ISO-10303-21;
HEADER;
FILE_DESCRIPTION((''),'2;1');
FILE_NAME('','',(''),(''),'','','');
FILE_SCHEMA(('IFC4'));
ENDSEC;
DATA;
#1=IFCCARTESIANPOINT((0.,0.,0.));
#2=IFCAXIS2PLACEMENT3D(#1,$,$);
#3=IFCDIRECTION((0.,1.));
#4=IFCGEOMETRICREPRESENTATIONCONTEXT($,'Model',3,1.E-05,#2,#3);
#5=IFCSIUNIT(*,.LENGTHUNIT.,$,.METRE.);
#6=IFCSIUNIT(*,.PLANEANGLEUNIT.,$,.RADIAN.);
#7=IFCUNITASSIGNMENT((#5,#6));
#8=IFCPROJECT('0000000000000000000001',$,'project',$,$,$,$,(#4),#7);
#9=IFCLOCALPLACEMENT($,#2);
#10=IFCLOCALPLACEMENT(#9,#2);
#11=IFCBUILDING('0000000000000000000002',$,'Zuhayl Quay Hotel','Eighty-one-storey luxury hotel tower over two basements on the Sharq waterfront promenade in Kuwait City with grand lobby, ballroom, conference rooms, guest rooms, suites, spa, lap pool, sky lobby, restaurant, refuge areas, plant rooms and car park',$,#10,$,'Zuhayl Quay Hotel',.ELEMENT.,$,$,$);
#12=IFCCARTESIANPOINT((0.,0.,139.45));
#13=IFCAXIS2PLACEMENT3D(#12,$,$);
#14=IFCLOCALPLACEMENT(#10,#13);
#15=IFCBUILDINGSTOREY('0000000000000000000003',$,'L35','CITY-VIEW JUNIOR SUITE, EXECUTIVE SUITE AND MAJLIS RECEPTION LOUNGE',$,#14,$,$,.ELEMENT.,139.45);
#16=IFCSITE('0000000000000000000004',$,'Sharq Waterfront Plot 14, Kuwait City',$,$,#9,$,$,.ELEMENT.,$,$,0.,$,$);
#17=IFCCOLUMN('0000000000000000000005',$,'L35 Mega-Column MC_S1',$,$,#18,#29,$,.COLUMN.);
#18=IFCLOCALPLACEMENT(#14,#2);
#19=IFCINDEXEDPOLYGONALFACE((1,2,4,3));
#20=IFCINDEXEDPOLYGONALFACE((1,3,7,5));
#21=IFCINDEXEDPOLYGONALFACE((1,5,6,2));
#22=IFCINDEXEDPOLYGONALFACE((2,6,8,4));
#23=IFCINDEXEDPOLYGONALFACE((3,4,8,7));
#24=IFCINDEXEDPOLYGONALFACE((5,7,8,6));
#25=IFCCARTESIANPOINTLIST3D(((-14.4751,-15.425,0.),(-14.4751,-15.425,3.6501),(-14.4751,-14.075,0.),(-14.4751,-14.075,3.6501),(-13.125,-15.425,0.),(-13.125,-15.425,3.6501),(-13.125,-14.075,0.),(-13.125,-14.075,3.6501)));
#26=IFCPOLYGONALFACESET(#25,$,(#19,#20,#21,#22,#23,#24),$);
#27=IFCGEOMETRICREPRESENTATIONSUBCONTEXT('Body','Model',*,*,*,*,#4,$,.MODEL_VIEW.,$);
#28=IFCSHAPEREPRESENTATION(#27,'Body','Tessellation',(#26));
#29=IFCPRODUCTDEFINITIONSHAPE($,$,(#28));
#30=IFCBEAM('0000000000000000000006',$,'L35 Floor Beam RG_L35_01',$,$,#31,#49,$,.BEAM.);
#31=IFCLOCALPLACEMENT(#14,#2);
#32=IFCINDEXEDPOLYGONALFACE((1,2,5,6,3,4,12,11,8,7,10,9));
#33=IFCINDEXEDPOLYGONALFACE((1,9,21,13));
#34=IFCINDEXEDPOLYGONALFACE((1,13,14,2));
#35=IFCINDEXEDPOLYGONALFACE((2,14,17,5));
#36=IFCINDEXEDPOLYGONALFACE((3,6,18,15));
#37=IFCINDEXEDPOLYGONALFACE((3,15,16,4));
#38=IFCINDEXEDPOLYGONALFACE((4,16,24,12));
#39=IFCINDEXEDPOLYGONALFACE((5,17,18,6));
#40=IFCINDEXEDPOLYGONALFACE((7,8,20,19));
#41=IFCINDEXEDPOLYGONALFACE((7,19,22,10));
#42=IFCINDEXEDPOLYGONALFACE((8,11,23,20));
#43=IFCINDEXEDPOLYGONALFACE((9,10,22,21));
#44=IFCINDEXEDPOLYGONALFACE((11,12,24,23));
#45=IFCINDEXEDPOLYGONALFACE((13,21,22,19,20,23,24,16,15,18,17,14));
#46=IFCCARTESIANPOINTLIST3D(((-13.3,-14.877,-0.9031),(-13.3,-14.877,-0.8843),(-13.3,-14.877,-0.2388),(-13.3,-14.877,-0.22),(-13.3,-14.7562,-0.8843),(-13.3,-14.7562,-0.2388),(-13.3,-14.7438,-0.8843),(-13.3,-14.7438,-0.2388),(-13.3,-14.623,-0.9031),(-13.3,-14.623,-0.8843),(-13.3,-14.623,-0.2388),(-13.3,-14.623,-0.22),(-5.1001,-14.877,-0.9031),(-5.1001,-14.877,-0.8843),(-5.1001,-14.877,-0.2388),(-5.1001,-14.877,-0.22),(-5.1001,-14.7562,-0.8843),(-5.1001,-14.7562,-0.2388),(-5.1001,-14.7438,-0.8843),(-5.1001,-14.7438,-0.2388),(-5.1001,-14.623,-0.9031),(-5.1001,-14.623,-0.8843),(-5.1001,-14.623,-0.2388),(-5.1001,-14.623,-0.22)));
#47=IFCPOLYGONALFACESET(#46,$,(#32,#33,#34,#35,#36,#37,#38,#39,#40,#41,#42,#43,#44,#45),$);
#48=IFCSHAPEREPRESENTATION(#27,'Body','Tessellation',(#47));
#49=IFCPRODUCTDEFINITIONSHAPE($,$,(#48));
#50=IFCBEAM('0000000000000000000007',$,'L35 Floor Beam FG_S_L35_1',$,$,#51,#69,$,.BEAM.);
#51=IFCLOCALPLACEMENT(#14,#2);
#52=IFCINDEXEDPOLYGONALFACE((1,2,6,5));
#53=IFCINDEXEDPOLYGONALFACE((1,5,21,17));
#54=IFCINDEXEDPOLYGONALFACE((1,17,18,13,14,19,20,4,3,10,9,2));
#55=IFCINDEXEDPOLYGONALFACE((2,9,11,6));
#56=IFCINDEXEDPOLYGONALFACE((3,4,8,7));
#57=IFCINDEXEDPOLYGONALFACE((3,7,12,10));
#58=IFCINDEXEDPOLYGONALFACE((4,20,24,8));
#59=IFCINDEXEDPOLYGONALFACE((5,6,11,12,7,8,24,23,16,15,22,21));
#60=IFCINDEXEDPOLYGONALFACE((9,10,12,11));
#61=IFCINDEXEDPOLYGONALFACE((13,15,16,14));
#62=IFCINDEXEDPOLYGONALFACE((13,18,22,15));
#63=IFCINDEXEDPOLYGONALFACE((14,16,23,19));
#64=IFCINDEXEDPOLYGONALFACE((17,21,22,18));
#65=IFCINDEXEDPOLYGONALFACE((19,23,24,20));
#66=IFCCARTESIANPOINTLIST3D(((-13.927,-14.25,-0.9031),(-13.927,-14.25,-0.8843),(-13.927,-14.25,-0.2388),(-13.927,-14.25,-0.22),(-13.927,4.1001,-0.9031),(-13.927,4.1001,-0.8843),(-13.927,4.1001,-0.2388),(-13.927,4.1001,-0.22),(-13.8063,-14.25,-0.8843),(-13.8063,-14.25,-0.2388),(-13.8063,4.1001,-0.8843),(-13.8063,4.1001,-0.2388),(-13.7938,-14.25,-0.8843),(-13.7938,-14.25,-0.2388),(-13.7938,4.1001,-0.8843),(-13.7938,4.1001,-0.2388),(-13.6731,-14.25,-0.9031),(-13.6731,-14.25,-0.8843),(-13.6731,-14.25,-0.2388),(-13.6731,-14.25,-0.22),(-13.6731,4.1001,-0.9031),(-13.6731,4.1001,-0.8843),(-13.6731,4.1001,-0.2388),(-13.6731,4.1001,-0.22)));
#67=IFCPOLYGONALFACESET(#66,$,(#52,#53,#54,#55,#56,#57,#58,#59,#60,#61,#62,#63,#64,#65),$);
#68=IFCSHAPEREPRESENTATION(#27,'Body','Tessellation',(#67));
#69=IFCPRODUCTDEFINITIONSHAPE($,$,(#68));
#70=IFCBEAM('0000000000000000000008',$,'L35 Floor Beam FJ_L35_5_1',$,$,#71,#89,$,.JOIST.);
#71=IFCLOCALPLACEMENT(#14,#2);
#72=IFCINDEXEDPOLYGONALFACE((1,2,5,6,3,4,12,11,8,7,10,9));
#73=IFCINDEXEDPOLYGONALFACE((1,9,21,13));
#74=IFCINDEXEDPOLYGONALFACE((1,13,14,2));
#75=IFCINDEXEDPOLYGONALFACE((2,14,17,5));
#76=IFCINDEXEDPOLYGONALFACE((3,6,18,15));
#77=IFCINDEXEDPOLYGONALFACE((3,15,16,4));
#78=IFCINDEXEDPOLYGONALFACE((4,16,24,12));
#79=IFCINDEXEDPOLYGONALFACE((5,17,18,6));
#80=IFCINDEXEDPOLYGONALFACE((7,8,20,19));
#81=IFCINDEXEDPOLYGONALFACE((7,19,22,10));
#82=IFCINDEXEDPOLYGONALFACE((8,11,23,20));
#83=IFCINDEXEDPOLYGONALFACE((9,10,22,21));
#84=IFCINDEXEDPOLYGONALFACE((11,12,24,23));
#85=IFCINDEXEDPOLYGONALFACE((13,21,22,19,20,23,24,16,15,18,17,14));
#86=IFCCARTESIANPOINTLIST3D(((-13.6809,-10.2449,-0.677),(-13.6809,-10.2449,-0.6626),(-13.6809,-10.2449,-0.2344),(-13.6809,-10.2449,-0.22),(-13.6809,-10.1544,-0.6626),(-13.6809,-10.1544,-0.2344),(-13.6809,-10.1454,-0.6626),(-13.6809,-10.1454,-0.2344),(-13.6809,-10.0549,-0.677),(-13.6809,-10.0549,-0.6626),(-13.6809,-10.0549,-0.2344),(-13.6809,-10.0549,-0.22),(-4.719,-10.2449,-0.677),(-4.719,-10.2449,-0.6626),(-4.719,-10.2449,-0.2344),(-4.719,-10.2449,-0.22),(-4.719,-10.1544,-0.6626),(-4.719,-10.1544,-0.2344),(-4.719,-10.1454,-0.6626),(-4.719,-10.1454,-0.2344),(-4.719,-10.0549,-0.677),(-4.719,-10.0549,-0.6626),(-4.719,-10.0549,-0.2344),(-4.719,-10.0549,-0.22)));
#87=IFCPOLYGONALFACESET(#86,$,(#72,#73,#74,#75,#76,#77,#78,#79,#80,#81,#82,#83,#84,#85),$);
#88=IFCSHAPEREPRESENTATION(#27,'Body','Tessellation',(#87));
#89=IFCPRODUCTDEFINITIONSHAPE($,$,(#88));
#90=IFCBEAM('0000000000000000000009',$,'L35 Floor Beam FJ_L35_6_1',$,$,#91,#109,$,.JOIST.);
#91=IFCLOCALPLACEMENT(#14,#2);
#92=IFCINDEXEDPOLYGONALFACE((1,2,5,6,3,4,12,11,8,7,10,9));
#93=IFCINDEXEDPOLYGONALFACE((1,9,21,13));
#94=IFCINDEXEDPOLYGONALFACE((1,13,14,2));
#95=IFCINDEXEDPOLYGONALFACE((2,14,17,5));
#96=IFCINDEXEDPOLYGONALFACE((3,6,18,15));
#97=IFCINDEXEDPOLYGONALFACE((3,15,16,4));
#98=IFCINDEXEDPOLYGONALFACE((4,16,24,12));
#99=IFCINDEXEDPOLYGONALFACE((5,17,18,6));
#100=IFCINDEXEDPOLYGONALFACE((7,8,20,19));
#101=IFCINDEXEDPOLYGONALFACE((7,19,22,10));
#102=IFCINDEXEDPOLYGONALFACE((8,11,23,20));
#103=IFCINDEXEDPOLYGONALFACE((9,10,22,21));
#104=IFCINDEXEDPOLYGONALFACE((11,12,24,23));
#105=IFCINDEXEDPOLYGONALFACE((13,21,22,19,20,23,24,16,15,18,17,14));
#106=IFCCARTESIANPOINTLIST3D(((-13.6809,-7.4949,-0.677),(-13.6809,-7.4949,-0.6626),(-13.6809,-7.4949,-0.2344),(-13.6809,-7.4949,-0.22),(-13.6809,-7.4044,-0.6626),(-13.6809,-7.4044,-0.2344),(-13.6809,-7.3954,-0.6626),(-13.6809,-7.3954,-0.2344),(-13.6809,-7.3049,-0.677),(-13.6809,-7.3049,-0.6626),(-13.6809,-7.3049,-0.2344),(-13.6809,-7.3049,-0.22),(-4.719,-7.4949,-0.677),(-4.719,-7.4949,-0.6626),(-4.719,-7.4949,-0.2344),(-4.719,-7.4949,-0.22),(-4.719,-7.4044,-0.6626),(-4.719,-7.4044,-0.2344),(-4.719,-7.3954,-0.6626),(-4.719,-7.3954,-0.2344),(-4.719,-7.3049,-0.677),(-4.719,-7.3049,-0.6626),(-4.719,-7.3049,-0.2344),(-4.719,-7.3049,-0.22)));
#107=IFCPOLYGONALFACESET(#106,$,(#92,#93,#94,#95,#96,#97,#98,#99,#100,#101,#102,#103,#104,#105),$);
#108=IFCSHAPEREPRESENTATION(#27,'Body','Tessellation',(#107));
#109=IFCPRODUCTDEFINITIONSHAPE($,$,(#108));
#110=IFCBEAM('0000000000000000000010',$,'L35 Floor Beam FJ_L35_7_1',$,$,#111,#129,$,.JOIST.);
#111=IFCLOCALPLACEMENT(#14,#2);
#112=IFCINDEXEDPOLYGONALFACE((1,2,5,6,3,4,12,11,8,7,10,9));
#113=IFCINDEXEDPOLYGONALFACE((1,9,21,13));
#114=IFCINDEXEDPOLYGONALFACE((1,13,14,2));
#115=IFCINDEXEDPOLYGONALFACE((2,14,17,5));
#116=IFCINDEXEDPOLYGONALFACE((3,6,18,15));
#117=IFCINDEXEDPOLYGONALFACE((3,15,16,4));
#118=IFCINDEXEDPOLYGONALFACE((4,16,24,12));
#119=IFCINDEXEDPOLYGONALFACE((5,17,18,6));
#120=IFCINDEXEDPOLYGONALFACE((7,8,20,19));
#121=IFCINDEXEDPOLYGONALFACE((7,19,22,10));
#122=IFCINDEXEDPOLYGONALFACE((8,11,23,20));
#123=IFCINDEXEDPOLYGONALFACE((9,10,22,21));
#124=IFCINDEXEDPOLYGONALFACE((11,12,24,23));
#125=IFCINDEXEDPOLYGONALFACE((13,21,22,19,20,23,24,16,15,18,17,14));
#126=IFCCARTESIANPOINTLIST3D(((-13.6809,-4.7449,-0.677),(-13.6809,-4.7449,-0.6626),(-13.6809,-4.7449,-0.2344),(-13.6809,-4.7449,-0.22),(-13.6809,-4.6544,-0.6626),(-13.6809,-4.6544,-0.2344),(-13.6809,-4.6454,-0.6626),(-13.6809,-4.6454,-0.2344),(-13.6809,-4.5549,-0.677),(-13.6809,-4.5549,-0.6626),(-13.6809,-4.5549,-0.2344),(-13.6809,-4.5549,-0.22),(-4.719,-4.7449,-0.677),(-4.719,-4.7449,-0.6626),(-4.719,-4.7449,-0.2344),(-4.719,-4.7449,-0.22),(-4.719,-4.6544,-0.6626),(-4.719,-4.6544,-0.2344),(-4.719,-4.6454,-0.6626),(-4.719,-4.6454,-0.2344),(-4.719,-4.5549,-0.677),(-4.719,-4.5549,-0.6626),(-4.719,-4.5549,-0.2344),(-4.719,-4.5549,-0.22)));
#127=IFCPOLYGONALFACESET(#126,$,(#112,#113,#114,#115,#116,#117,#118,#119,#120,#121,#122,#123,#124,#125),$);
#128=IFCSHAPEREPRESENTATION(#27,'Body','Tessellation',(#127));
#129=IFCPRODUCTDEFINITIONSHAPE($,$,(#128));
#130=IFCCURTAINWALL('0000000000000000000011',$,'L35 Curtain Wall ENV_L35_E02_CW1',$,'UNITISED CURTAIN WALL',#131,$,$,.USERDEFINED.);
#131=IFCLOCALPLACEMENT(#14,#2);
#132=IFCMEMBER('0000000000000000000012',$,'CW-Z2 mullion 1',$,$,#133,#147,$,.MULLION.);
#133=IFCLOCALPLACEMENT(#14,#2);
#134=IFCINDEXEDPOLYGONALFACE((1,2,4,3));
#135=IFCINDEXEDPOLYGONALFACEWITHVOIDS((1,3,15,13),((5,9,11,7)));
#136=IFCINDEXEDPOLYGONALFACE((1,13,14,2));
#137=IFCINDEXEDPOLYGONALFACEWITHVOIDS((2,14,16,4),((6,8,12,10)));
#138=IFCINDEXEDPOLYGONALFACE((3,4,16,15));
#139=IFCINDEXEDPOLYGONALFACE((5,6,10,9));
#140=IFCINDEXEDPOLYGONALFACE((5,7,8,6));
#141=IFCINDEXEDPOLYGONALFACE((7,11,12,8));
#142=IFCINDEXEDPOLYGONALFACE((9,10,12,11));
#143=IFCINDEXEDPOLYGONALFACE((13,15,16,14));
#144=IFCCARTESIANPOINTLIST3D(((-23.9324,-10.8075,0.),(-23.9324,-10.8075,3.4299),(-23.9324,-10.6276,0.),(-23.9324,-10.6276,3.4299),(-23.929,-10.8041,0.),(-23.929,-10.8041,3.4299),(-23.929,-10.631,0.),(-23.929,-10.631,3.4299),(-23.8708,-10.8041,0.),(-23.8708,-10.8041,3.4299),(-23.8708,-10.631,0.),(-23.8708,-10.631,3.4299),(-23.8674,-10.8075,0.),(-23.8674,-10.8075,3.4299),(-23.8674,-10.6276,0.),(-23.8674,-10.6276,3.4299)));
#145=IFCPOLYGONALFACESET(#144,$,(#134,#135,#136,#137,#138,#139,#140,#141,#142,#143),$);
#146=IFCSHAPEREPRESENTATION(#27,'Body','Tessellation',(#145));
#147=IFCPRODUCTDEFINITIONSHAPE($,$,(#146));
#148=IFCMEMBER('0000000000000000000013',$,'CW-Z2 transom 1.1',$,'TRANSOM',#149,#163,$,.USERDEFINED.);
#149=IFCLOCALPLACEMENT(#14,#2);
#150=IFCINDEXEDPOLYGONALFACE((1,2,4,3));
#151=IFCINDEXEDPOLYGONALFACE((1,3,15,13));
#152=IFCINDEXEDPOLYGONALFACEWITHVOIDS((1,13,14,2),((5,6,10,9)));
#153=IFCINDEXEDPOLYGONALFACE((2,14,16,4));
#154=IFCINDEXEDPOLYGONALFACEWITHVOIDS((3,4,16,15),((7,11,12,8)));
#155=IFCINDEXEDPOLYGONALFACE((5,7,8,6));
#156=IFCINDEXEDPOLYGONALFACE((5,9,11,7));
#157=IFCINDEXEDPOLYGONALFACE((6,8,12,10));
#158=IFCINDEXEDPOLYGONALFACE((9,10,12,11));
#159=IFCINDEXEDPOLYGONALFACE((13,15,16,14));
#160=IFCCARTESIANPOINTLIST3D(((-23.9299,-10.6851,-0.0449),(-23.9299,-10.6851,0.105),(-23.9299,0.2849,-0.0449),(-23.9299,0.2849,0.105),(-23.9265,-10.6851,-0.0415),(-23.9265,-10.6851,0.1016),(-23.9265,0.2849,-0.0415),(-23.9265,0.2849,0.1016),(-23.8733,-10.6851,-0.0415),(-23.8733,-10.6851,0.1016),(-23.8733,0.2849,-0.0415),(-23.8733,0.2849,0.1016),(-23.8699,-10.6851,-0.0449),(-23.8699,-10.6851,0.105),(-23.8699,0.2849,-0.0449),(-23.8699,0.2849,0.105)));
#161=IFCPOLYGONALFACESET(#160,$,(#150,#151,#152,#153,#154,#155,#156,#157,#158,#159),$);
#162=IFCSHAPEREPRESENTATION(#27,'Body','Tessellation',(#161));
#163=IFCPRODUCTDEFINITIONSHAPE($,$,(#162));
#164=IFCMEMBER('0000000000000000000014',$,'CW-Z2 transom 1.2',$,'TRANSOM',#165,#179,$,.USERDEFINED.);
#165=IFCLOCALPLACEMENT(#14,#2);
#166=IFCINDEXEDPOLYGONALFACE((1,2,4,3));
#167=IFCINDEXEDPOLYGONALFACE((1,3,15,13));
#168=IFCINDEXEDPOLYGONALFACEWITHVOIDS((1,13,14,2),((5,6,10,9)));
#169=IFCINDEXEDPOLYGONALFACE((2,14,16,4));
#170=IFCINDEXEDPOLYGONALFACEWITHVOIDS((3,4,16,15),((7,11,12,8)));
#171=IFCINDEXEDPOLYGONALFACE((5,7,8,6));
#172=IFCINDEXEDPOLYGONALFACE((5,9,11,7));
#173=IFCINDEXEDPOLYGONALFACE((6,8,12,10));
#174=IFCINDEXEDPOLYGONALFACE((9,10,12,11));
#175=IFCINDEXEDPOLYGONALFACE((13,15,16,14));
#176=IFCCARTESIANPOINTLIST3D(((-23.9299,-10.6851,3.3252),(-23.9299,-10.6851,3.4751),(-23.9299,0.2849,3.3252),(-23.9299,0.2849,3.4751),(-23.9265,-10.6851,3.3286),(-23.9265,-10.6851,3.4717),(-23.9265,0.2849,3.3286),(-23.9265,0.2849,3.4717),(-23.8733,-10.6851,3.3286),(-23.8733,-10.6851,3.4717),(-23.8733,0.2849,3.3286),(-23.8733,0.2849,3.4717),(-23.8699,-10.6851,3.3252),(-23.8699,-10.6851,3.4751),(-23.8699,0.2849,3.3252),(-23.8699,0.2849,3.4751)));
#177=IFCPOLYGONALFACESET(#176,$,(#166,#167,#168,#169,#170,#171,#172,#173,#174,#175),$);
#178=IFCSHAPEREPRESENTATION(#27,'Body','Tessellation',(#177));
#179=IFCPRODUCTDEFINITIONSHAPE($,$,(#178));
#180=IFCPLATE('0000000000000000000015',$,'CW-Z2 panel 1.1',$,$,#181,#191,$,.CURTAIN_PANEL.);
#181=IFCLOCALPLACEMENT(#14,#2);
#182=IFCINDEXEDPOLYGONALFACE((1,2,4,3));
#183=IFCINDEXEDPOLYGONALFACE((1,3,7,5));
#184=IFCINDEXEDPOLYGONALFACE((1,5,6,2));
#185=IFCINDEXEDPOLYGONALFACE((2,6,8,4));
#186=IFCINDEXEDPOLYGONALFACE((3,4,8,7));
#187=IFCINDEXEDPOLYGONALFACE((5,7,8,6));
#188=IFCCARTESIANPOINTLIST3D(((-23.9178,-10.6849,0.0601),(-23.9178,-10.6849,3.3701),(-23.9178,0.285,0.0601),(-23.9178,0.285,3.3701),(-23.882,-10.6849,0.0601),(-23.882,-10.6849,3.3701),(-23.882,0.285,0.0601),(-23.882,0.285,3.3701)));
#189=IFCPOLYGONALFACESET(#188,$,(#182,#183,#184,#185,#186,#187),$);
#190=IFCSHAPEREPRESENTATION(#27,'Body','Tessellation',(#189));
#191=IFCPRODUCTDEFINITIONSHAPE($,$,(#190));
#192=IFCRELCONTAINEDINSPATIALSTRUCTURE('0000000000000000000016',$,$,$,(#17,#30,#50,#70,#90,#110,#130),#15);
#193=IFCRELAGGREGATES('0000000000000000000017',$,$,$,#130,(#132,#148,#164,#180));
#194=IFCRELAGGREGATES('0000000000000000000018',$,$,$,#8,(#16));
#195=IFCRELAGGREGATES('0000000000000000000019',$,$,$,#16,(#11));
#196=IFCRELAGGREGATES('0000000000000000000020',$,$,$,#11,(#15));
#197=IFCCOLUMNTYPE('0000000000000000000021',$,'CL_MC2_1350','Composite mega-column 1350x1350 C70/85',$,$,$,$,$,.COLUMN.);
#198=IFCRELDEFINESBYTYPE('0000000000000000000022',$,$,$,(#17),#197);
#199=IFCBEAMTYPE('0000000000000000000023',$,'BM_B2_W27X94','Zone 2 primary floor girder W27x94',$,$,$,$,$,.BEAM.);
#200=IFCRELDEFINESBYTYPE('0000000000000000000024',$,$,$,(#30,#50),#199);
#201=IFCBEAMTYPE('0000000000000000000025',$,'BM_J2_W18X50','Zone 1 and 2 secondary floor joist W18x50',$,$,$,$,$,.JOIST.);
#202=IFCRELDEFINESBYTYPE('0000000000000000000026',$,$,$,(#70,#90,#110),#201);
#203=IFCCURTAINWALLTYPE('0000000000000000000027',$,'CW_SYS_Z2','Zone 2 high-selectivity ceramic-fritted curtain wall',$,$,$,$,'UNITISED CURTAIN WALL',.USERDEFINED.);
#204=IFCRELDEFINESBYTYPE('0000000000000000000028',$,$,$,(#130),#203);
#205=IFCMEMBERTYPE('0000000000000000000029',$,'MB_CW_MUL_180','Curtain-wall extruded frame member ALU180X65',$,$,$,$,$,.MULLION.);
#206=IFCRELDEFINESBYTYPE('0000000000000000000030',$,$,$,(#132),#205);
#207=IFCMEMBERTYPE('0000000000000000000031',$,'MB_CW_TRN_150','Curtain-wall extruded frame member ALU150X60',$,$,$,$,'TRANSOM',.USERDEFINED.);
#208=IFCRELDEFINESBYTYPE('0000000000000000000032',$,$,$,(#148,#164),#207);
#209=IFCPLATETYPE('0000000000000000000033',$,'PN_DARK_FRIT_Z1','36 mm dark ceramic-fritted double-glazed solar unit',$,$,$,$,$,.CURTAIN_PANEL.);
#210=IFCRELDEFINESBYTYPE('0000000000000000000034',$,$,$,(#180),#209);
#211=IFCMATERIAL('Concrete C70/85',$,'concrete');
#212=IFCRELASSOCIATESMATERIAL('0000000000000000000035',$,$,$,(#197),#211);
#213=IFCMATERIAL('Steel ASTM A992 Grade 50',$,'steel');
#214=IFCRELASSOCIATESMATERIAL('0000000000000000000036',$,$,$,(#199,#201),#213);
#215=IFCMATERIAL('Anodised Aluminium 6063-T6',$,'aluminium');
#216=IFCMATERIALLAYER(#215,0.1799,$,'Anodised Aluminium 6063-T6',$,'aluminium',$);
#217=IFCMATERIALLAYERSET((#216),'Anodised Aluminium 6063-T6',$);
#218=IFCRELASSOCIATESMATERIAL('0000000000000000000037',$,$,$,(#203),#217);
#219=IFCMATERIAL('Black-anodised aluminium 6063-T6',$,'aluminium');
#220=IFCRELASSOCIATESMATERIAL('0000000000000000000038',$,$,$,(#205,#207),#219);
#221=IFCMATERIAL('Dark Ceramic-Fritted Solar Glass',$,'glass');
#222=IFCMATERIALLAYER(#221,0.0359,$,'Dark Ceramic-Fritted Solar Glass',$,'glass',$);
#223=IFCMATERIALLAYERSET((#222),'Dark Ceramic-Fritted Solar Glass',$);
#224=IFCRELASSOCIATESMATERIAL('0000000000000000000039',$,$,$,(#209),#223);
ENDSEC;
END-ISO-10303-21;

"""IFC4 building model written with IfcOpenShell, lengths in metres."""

from ifc_helpers import new_model, si_unit, direction, frame, origin, origin_2d, place, context, subcontext, project, spatial, rectangle, hollow_rectangle, i_section, extrude, material, layer, layer_set, material_profile, profile_set, type_object, element, aggregate, save


model = new_model("IFC4")

# Units and contexts
model_context = context("Model", 3, precision=1e-05, world=origin(), true_north=direction((0.0, 1.0)))
body_context = subcontext(model_context, "Body", "Model", "MODEL_VIEW")
ifc_project = project(units=[si_unit("LENGTHUNIT", "METRE"), si_unit("PLANEANGLEUNIT", "RADIAN")], contexts=[model_context])

# Site, building, storey
site_placement = place(None, origin())
site = spatial("IfcSite", under=ifc_project, at=site_placement, Name="Sharq Waterfront Plot 14, Kuwait City", CompositionType="ELEMENT", RefElevation=0.0)
building_placement = place(site_placement, origin())
building = spatial("IfcBuilding", under=site, at=building_placement, Name="Zuhayl Quay Hotel", Description="Eighty-one-storey luxury hotel tower over two basements on the Sharq waterfront promenade in Kuwait City with grand lobby, ballroom, conference rooms, guest rooms, suites, spa, lap pool, sky lobby, restaurant, refuge areas, plant rooms and car park", LongName="Zuhayl Quay Hotel", CompositionType="ELEMENT")
storey_placement = place(building_placement, frame((0.0, 0.0, 139.45)))
storey = spatial("IfcBuildingStorey", under=building, at=storey_placement, Name="L35", Description="CITY-VIEW JUNIOR SUITE, EXECUTIVE SUITE AND MAJLIS RECEPTION LOUNGE", CompositionType="ELEMENT", Elevation=139.45)

# Column
ifc_material_1 = material(Name="Concrete C70/85", Category="concrete")
ifc_material_profile_1 = material_profile(ifc_material_1, rectangle(XDim=1.3501, YDim=1.3501, at=origin_2d()), Name="RC1350X1350")
ifc_profile_set_1 = profile_set([ifc_material_profile_1], Name="Concrete C70/85")
column_type = type_object("IfcColumnType", Name="CL_MC2_1350", Description="Composite mega-column 1350x1350 C70/85", PredefinedType="COLUMN", material=ifc_profile_set_1)
column_placement = place(storey_placement, frame((-13.8, -14.75, 0.0), z_axis=(0.0, 0.0, 1.0), x_axis=(1.0, 0.0, 0.0)))
element("IfcColumn", 1, at=column_placement, inside=storey, type_object=column_type, Name="L35 Mega-Column MC_S1", PredefinedType="COLUMN", context=body_context, shape_type="SweptSolid", body=[
    extrude(rectangle(XDim=1.3501, YDim=1.3501, at=origin_2d()), origin(), (0.0, 0.0, 1.0), 3.6501),
])

# Beams
ifc_material_2 = material(Name="Steel ASTM A992 Grade 50", Category="steel")
ifc_material_profile_2 = material_profile(ifc_material_2, i_section(OverallWidth=0.2539, OverallDepth=0.6831, WebThickness=0.0125, FlangeThickness=0.0188, at=origin_2d()), Name="W27X94")
ifc_profile_set_2 = profile_set([ifc_material_profile_2], Name="Steel ASTM A992 Grade 50")
beam_type_1 = type_object("IfcBeamType", Name="BM_B2_W27X94", Description="Zone 2 primary floor girder W27x94", PredefinedType="BEAM", material=ifc_profile_set_2)
beam_1_placement = place(storey_placement, frame((-13.3, -14.75, -0.5615), z_axis=(1.0, 0.0, 0.0), x_axis=(0.0, 1.0, 0.0)))
element("IfcBeam", 2, at=beam_1_placement, inside=storey, type_object=beam_type_1, Name="L35 Floor Beam RG_L35_01", PredefinedType="BEAM", context=body_context, shape_type="SweptSolid", body=[
    extrude(i_section(OverallWidth=0.2539, OverallDepth=0.6831, WebThickness=0.0125, FlangeThickness=0.0188, at=origin_2d()), origin(), (0.0, 0.0, 1.0), 8.2),
])
beam_2_placement = place(storey_placement, frame((-13.8, -14.25, -0.5615), z_axis=(0.0, 1.0, 0.0), x_axis=(-1.0, 0.0, 0.0)))
element("IfcBeam", 3, at=beam_2_placement, inside=storey, type_object=beam_type_1, Name="L35 Floor Beam FG_S_L35_1", PredefinedType="BEAM", context=body_context, shape_type="SweptSolid", body=[
    extrude(i_section(OverallWidth=0.2539, OverallDepth=0.6831, WebThickness=0.0125, FlangeThickness=0.0188, at=origin_2d()), origin(), (0.0, 0.0, 1.0), 18.3501),
])
ifc_material_profile_3 = material_profile(ifc_material_2, i_section(OverallWidth=0.1899, OverallDepth=0.457, WebThickness=0.009, FlangeThickness=0.0144, at=origin_2d()), Name="W18X50")
ifc_profile_set_3 = profile_set([ifc_material_profile_3], Name="Steel ASTM A992 Grade 50")
beam_type_2 = type_object("IfcBeamType", Name="BM_J2_W18X50", Description="Zone 1 and 2 secondary floor joist W18x50", PredefinedType="JOIST", material=ifc_profile_set_3)
for number, where, z_axis, x_axis, name in (
    (4, (-13.6809, -10.1499, -0.4485), (1.0, 0.0, 0.0), (0.0, 1.0, 0.0), "L35 Floor Beam FJ_L35_5_1"),
    (5, (-13.6809, -7.3999, -0.4485), (1.0, 0.0, 0.0), (0.0, 1.0, 0.0), "L35 Floor Beam FJ_L35_6_1"),
    (6, (-13.6809, -4.6499, -0.4485), (1.0, 0.0, 0.0), (0.0, 1.0, 0.0), "L35 Floor Beam FJ_L35_7_1"),
):
    element("IfcBeam", number, at=place(storey_placement, frame(where, z_axis=z_axis, x_axis=x_axis)), inside=storey, type_object=beam_type_2, Name=name, PredefinedType="JOIST", context=body_context, shape_type="SweptSolid", body=[
        extrude(i_section(OverallWidth=0.1899, OverallDepth=0.457, WebThickness=0.009, FlangeThickness=0.0144, at=origin_2d()), origin(), (0.0, 0.0, 1.0), 8.9619),
    ])

# Curtain wall, members, plate
ifc_material_3 = material(Name="Anodised Aluminium 6063-T6", Category="aluminium")
ifc_layer_1 = layer(ifc_material_3, 0.1799, Name="Anodised Aluminium 6063-T6", Category="aluminium")
ifc_layer_set_1 = layer_set([ifc_layer_1], Name="Anodised Aluminium 6063-T6")
curtain_wall_type = type_object("IfcCurtainWallType", Name="CW_SYS_Z2", Description="Zone 2 high-selectivity ceramic-fritted curtain wall", ElementType="UNITISED CURTAIN WALL", PredefinedType="USERDEFINED", material=ifc_layer_set_1)
curtain_wall_placement = place(storey_placement, origin())
curtain_wall = element("IfcCurtainWall", 7, at=curtain_wall_placement, inside=storey, type_object=curtain_wall_type, Name="L35 Curtain Wall ENV_L35_E02_CW1", ObjectType="UNITISED CURTAIN WALL", PredefinedType="USERDEFINED")
ifc_material_4 = material(Name="Black-anodised aluminium 6063-T6", Category="aluminium")
ifc_material_profile_4 = material_profile(ifc_material_4, hollow_rectangle(XDim=0.0649, YDim=0.1799, WallThickness=0.0034, at=origin_2d()), Name="ALU180X65")
ifc_profile_set_4 = profile_set([ifc_material_profile_4], Name="Black-anodised aluminium 6063-T6")
member_type_1 = type_object("IfcMemberType", Name="MB_CW_MUL_180", Description="Curtain-wall extruded frame member ALU180X65", PredefinedType="MULLION", material=ifc_profile_set_4)
member_1_placement = place(storey_placement, frame((-23.8999, -10.7175, 0.0), z_axis=(0.0, 0.0, 1.0), x_axis=(-1.0, 0.0, 0.0)))
member_1 = element("IfcMember", 8, at=member_1_placement, type_object=member_type_1, Name="CW-Z2 mullion 1", PredefinedType="MULLION", context=body_context, shape_type="SweptSolid", body=[
    extrude(hollow_rectangle(XDim=0.0649, YDim=0.1799, WallThickness=0.0034, at=origin_2d()), origin(), (0.0, 0.0, 1.0), 3.4299),
])
ifc_material_profile_5 = material_profile(ifc_material_4, hollow_rectangle(XDim=0.0601, YDim=0.1499, WallThickness=0.0034, at=origin_2d()), Name="ALU150X60")
ifc_profile_set_5 = profile_set([ifc_material_profile_5], Name="Black-anodised aluminium 6063-T6")
member_type_2 = type_object("IfcMemberType", Name="MB_CW_TRN_150", Description="Curtain-wall extruded frame member ALU150X60", ElementType="TRANSOM", PredefinedType="USERDEFINED", material=ifc_profile_set_5)
member_2_placement = place(storey_placement, frame((-23.8999, -10.6851, 0.03), z_axis=(0.0, 1.0, 0.0), x_axis=(-1.0, 0.0, 0.0)))
member_2 = element("IfcMember", 9, at=member_2_placement, type_object=member_type_2, Name="CW-Z2 transom 1.1", ObjectType="TRANSOM", PredefinedType="USERDEFINED", context=body_context, shape_type="SweptSolid", body=[
    extrude(hollow_rectangle(XDim=0.0601, YDim=0.1499, WallThickness=0.0034, at=origin_2d()), origin(), (0.0, 0.0, 1.0), 10.97),
])
member_3_placement = place(storey_placement, frame((-23.8999, -10.6851, 3.4001), z_axis=(0.0, 1.0, 0.0), x_axis=(-1.0, 0.0, 0.0)))
member_3 = element("IfcMember", 10, at=member_3_placement, type_object=member_type_2, Name="CW-Z2 transom 1.2", ObjectType="TRANSOM", PredefinedType="USERDEFINED", context=body_context, shape_type="SweptSolid", body=[
    extrude(hollow_rectangle(XDim=0.0601, YDim=0.1499, WallThickness=0.0034, at=origin_2d()), origin(), (0.0, 0.0, 1.0), 10.97),
])
ifc_material_5 = material(Name="Dark Ceramic-Fritted Solar Glass", Category="glass")
ifc_layer_2 = layer(ifc_material_5, 0.0359, Name="Dark Ceramic-Fritted Solar Glass", Category="glass")
ifc_layer_set_2 = layer_set([ifc_layer_2], Name="Dark Ceramic-Fritted Solar Glass")
plate_type = type_object("IfcPlateType", Name="PN_DARK_FRIT_Z1", Description="36 mm dark ceramic-fritted double-glazed solar unit", PredefinedType="CURTAIN_PANEL", material=ifc_layer_set_2)
plate_placement = place(storey_placement, frame((-23.8999, -5.2, 0.0601), z_axis=(0.0, 0.0, 1.0), x_axis=(0.0, 1.0, 0.0)))
plate = element("IfcPlate", 11, at=plate_placement, type_object=plate_type, Name="CW-Z2 panel 1.1", PredefinedType="CURTAIN_PANEL", context=body_context, shape_type="SweptSolid", body=[
    extrude(rectangle(XDim=10.97, YDim=0.0359, at=origin_2d()), origin(), (0.0, 0.0, 1.0), 3.3101),
])
aggregate(curtain_wall, [member_1, member_2, member_3, plate])

save(model, "model.ifc")
